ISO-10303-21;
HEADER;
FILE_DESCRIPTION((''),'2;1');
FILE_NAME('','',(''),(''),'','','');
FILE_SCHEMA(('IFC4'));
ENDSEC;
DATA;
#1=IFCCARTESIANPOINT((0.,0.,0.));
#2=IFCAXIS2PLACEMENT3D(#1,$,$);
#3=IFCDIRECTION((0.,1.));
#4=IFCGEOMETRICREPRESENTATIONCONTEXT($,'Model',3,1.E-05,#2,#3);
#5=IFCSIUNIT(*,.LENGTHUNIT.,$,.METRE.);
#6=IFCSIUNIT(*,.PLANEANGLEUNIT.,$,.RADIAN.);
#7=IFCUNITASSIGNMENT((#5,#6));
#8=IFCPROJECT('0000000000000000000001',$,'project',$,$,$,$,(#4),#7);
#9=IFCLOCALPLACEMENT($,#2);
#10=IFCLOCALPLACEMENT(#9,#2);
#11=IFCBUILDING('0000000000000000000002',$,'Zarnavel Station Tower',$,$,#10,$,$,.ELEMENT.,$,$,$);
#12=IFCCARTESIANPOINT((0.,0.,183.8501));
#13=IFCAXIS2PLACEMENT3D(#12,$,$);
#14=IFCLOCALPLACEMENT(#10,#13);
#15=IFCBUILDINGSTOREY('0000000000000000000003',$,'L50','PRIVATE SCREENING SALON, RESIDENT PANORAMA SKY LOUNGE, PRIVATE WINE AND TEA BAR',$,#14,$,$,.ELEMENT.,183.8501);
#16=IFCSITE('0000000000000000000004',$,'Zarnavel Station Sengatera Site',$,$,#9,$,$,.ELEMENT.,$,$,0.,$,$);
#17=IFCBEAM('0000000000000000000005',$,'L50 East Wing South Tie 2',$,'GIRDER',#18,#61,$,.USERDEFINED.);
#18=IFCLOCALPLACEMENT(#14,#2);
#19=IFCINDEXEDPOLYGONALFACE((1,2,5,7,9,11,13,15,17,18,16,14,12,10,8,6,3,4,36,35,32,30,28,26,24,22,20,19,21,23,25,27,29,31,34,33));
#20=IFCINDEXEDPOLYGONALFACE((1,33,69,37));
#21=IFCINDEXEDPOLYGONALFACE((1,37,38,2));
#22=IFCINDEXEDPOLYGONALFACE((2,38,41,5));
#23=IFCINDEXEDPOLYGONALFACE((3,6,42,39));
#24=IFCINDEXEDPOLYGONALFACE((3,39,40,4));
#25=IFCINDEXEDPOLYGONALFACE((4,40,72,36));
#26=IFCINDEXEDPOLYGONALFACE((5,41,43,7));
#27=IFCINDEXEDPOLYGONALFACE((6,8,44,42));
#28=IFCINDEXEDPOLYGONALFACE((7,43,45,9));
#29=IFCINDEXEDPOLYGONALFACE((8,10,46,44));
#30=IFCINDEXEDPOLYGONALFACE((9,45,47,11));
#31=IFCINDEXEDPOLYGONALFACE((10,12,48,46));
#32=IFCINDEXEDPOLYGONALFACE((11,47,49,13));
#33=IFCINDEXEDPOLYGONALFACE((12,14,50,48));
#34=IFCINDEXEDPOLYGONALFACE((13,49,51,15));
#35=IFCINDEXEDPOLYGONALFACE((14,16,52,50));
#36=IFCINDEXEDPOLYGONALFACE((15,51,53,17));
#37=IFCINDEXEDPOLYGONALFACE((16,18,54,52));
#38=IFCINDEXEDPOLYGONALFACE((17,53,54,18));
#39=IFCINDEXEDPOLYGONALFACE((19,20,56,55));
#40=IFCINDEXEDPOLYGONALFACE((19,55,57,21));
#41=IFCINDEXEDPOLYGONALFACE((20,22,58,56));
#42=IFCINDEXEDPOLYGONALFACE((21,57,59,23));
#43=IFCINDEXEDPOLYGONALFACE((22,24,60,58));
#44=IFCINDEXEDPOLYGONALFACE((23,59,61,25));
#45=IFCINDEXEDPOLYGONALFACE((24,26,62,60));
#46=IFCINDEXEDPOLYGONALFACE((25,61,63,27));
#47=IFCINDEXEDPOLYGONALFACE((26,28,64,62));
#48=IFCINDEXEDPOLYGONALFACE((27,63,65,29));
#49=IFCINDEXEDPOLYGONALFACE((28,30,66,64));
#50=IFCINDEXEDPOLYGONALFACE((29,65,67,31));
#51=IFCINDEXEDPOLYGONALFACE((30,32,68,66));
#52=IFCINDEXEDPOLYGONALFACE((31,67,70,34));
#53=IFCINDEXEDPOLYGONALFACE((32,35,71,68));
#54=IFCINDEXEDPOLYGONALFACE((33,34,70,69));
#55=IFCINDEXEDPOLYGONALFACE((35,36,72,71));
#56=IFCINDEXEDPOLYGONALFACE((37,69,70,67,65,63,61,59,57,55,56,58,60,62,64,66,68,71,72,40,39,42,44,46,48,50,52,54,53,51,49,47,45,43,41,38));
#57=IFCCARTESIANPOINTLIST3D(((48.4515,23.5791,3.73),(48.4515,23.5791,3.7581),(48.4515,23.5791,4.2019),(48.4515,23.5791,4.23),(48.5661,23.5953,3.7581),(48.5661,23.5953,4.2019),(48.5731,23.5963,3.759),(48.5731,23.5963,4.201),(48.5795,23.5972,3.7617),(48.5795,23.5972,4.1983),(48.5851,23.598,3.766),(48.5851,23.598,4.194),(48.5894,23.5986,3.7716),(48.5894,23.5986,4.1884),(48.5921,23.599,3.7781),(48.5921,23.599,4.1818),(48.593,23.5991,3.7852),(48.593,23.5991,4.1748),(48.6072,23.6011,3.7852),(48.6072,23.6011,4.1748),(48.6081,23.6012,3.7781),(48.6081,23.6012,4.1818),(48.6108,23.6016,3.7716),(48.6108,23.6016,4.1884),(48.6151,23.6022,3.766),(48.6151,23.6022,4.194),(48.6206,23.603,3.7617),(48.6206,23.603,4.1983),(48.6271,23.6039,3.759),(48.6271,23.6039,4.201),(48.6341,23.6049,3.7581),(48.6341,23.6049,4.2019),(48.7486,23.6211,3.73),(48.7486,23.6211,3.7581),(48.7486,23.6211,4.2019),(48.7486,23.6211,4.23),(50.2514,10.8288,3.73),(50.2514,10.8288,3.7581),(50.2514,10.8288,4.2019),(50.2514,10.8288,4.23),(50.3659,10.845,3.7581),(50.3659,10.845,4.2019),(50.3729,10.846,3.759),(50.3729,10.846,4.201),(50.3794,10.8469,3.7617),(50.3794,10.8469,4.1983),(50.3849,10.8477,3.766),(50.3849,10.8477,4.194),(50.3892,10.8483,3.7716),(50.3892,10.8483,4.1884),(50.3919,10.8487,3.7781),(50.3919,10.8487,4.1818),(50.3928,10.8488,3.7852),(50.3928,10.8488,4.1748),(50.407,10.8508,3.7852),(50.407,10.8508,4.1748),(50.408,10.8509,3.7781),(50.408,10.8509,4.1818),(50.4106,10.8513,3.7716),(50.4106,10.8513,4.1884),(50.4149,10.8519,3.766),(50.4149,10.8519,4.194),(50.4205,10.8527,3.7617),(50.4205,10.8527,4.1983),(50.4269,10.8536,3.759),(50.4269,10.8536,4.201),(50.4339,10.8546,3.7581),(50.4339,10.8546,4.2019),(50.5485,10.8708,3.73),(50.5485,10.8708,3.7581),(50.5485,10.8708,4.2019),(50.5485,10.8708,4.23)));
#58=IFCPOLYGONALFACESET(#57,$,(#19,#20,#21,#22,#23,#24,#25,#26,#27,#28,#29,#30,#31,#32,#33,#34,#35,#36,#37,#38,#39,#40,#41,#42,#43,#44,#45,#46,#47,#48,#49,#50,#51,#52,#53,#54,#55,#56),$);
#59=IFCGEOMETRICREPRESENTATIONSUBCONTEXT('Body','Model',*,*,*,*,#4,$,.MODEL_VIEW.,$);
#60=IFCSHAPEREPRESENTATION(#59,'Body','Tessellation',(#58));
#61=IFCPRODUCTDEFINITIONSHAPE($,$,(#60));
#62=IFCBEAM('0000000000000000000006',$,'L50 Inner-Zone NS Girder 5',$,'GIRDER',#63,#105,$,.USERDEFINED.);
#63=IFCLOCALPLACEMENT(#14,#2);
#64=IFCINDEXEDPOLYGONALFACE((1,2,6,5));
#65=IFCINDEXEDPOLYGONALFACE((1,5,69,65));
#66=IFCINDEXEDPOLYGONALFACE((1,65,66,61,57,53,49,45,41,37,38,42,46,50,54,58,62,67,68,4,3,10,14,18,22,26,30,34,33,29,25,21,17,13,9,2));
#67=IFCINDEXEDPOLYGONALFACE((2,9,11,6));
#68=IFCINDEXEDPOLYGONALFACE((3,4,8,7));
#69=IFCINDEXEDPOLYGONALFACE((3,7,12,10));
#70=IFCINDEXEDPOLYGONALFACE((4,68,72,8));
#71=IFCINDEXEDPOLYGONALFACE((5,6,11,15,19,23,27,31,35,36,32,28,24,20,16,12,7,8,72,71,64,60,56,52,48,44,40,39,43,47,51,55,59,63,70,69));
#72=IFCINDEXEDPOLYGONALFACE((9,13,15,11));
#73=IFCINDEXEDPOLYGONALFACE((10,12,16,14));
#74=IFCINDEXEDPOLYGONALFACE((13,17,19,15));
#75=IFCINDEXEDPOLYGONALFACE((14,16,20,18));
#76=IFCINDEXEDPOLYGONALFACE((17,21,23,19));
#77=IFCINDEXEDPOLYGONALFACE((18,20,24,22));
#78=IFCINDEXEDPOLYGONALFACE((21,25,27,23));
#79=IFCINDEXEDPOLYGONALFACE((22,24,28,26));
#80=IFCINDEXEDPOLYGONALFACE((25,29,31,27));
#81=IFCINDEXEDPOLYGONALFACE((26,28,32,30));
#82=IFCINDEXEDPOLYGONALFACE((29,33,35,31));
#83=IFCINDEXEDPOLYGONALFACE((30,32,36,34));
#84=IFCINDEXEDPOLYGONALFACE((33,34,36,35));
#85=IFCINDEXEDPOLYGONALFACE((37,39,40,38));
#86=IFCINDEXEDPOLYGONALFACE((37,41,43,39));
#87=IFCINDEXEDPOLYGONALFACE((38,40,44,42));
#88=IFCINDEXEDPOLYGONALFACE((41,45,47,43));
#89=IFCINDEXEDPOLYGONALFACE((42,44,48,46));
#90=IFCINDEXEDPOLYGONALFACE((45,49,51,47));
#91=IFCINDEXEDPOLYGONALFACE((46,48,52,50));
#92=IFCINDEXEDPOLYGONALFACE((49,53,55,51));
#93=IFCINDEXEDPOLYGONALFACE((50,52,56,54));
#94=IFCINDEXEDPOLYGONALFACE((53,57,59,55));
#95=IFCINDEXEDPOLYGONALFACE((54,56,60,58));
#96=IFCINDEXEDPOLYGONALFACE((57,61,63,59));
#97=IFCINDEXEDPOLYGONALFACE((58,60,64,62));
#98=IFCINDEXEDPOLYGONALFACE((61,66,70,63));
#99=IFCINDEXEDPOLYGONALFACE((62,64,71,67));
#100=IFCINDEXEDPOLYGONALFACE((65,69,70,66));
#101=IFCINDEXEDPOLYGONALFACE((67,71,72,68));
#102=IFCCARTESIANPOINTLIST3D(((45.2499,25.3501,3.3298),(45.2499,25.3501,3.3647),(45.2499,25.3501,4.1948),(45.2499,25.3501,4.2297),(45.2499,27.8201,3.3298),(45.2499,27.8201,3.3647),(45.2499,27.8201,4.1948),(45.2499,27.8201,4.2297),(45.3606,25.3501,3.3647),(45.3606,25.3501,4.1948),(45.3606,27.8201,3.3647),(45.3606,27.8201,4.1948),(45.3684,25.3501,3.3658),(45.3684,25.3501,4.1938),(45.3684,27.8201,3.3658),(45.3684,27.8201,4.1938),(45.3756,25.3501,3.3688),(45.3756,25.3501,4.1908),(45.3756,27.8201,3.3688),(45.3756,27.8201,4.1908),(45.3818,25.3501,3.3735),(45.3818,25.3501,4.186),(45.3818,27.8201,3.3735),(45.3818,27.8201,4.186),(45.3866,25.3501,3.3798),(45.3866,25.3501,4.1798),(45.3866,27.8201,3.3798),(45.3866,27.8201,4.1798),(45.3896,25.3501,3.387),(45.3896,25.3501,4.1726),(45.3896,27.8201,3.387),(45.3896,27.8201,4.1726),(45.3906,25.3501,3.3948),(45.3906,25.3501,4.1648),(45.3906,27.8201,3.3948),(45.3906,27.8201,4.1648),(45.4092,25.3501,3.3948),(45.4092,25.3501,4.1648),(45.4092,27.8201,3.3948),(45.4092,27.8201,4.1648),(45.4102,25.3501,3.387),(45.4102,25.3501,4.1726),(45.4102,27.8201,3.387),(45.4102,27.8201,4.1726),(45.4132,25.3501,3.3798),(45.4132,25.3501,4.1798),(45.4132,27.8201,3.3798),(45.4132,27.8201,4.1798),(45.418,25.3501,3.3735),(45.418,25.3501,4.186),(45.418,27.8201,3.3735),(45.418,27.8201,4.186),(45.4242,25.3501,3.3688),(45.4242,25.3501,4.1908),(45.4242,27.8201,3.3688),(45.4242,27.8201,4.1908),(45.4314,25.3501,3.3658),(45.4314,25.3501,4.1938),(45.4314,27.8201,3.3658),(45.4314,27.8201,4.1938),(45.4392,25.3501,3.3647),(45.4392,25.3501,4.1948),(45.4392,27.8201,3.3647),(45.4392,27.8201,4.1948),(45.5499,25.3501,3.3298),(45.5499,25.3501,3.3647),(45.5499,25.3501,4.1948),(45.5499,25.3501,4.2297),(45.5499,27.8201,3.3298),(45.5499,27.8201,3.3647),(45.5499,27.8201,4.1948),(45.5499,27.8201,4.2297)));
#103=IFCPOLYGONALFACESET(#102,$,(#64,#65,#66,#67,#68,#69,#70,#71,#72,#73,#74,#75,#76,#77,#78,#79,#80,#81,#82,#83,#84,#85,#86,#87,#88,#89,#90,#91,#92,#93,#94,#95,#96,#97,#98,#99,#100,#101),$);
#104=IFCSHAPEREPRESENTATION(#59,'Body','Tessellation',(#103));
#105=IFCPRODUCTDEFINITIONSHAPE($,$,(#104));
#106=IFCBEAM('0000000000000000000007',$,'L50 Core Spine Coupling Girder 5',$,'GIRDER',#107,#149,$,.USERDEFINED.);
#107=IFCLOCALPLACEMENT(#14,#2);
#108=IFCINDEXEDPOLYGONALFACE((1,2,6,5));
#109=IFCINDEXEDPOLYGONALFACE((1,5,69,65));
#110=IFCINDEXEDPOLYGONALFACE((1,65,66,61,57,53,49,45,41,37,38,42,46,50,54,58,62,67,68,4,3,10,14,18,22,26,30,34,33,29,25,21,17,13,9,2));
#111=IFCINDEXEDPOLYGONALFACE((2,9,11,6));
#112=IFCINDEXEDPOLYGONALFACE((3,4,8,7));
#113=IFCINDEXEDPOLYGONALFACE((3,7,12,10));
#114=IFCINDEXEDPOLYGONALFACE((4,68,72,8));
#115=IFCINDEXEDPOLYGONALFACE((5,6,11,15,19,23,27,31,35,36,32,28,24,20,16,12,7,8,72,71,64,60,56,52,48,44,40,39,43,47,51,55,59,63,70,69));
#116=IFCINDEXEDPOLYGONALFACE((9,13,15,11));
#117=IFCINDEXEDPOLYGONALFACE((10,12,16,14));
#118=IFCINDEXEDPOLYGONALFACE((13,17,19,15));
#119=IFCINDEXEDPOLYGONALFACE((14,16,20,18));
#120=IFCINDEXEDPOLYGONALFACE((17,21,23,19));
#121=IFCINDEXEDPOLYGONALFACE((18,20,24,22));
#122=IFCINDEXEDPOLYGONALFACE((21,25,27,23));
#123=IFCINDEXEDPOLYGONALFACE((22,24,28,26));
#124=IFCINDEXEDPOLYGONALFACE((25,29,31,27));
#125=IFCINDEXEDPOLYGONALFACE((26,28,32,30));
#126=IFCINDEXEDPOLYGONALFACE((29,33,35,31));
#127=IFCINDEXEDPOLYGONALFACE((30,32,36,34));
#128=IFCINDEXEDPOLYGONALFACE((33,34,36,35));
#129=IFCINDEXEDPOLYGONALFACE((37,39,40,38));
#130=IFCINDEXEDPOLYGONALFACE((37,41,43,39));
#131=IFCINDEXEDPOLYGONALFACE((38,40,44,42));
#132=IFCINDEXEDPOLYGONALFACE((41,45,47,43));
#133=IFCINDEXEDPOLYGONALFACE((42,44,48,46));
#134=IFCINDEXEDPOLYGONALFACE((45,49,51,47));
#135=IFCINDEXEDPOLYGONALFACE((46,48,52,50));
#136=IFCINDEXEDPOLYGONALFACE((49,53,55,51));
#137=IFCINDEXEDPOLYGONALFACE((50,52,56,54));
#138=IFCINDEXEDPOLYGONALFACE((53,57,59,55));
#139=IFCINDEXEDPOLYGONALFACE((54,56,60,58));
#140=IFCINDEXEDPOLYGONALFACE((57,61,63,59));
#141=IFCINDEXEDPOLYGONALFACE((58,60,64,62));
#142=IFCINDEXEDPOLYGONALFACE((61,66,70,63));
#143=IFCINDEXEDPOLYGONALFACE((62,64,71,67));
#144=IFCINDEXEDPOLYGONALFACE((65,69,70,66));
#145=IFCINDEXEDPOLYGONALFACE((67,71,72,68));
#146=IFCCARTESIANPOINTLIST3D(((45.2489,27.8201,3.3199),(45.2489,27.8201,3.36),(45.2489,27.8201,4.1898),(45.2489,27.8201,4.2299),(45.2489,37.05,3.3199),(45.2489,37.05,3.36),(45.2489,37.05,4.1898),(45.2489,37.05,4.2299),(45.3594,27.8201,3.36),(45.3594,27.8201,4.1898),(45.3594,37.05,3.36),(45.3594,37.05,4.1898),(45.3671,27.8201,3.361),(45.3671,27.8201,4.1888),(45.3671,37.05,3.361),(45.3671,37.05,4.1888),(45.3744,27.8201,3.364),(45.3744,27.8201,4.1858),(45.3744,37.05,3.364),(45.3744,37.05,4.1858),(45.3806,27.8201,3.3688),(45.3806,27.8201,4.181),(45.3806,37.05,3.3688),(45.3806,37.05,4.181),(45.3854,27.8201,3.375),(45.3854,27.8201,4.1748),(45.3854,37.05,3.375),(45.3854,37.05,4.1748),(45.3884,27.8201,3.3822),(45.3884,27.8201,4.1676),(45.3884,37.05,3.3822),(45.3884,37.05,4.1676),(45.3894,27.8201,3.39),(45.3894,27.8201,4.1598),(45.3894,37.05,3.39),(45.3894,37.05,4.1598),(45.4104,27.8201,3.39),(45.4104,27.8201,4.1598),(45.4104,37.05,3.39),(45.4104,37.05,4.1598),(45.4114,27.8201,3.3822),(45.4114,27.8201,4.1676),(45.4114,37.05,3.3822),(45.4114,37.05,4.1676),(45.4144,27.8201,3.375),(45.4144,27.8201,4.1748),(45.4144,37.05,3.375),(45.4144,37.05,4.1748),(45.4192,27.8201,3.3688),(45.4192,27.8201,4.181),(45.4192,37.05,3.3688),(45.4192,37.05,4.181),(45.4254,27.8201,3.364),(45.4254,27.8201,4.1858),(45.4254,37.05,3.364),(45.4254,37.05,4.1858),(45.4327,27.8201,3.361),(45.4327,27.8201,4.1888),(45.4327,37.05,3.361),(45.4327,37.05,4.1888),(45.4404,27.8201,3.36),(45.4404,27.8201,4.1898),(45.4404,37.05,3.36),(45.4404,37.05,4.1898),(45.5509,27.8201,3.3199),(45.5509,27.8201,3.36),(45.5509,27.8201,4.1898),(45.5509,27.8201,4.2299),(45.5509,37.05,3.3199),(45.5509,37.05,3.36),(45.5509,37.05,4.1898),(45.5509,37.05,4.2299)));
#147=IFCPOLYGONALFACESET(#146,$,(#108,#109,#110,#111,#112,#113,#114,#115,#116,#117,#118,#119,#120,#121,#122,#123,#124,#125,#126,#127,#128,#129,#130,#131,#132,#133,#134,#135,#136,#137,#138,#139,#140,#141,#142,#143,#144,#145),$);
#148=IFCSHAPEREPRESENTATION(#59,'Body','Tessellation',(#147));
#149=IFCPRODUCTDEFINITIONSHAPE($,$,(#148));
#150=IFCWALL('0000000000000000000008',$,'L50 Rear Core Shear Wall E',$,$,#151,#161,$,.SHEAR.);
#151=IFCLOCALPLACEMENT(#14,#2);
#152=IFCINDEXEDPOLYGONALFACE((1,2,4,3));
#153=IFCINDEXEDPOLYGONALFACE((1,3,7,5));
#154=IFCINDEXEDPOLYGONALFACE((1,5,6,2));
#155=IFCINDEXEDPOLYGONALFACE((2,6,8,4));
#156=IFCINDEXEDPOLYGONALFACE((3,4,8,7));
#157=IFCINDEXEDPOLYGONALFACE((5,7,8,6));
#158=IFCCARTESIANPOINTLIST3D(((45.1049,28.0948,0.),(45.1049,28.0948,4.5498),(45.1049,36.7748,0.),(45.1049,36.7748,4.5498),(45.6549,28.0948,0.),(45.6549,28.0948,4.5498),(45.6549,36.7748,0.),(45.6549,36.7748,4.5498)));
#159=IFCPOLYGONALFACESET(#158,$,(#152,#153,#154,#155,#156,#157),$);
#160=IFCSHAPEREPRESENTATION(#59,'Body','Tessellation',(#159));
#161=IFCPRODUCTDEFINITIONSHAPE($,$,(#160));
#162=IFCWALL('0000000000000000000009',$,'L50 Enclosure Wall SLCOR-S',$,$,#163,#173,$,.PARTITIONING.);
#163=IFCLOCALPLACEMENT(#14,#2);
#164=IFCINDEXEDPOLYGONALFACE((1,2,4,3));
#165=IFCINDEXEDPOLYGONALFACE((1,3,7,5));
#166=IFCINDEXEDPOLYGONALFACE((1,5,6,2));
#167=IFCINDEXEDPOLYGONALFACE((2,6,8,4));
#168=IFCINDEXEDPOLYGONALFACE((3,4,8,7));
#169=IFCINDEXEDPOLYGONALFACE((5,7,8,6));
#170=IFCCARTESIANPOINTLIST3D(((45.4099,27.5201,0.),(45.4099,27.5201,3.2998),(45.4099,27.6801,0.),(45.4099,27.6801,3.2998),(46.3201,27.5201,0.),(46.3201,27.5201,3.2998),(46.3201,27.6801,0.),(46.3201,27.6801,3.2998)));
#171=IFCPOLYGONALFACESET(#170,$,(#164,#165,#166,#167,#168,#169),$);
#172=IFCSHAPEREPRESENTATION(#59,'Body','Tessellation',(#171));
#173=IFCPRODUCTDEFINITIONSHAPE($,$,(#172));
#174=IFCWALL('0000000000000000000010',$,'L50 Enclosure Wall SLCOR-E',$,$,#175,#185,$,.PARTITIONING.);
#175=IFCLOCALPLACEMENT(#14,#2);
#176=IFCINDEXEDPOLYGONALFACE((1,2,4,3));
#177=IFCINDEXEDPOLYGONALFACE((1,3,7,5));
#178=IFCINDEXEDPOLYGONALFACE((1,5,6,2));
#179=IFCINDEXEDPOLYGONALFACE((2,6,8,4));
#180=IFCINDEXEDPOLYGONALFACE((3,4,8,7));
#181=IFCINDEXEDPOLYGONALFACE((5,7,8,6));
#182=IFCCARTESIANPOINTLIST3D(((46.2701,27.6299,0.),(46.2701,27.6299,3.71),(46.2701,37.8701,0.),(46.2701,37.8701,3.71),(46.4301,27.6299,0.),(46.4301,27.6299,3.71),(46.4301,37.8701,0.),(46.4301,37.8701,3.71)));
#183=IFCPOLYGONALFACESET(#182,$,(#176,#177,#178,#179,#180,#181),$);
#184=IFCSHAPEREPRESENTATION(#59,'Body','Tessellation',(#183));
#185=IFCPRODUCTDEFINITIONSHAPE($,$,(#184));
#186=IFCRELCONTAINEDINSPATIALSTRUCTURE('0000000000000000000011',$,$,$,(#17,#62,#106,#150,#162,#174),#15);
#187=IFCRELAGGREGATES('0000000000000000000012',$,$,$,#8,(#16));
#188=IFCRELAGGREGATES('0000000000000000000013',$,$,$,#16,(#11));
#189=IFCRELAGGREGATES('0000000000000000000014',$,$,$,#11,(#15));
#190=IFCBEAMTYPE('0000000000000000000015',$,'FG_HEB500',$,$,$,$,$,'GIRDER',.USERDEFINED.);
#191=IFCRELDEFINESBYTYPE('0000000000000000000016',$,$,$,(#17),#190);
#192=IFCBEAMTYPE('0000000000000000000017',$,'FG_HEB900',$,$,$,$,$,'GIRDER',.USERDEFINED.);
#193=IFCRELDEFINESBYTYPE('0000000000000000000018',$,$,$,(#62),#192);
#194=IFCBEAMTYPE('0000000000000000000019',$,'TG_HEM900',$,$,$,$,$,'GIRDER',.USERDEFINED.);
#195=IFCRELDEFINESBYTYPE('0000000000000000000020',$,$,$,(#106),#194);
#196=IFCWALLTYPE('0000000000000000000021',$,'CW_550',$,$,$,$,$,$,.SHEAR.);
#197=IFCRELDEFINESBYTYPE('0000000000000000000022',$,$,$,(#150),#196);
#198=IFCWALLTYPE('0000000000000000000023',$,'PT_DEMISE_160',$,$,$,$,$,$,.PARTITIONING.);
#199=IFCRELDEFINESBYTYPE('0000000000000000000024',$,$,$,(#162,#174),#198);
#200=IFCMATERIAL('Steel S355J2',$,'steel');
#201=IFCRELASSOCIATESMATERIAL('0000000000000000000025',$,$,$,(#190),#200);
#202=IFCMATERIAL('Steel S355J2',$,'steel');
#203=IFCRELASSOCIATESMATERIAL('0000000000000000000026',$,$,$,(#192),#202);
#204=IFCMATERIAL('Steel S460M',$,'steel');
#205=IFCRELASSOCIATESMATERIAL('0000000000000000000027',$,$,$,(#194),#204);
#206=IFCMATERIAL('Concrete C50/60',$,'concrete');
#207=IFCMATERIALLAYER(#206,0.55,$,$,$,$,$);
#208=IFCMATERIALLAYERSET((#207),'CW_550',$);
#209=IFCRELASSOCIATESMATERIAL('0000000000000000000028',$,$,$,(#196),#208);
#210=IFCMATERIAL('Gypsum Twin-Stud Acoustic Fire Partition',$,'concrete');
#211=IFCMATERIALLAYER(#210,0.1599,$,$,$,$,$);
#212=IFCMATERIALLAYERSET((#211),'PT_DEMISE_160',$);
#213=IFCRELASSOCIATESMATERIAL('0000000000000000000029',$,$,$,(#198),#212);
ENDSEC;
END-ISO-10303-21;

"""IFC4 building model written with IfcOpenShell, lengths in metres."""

from ifc_helpers import new_model, si_unit, direction, frame, frame_2d, origin, origin_2d, place, context, subcontext, project, spatial, rectangle, i_section, extrude, material, layer, layer_set, material_profile, profile_set, type_object, element, save


model = new_model("IFC4")

# Units and contexts
model_context = context("Model", 3, precision=1e-05, world=origin(), true_north=direction((0.0, 1.0)))
body_context = subcontext(model_context, "Body", "Model", "MODEL_VIEW")
ifc_project = project(units=[si_unit("LENGTHUNIT", "METRE"), si_unit("PLANEANGLEUNIT", "RADIAN")], contexts=[model_context])

# Site, building, storey
site_placement = place(None, origin())
site = spatial("IfcSite", under=ifc_project, at=site_placement, Name="Zarnavel Station Sengatera Site", CompositionType="ELEMENT", RefElevation=0.0)
building_placement = place(site_placement, origin())
building = spatial("IfcBuilding", under=site, at=building_placement, Name="Zarnavel Station Tower", CompositionType="ELEMENT")
storey_placement = place(building_placement, frame((0.0, 0.0, 183.8501)))
storey = spatial("IfcBuildingStorey", under=building, at=storey_placement, Name="L50", Description="PRIVATE SCREENING SALON, RESIDENT PANORAMA SKY LOUNGE, PRIVATE WINE AND TEA BAR", CompositionType="ELEMENT", Elevation=183.8501)

# Beams
ifc_material_1 = material(Name="Steel S355J2", Category="steel")
ifc_material_profile_1 = material_profile(ifc_material_1, i_section(OverallWidth=0.3, OverallDepth=0.5, WebThickness=0.0144, FlangeThickness=0.0281, FilletRadius=0.0271, at=origin_2d()), Name="HEB500")
ifc_profile_set_1 = profile_set([ifc_material_profile_1], Name="Steel S355J2")
beam_type_1 = type_object("IfcBeamType", Name="FG_HEB500", ElementType="GIRDER", PredefinedType="USERDEFINED", material=ifc_profile_set_1)
beam_1_placement = place(storey_placement, frame((48.6001, 23.6001, 3.98), z_axis=(0.139773, -0.990184, 0.0), x_axis=(0.990184, 0.139773, 0.0)))
element("IfcBeam", 1, at=beam_1_placement, inside=storey, type_object=beam_type_1, Name="L50 East Wing South Tie 2", ObjectType="GIRDER", PredefinedType="USERDEFINED", context=body_context, shape_type="SweptSolid", body=[
    extrude(i_section(OverallWidth=0.3, OverallDepth=0.5, WebThickness=0.0144, FlangeThickness=0.0281, FilletRadius=0.0271, at=origin_2d()), origin(), (0.0, 0.0, 1.0), 12.8767),
])
ifc_material_2 = material(Name="Steel S355J2", Category="steel")
ifc_material_profile_2 = material_profile(ifc_material_2, i_section(OverallWidth=0.3, OverallDepth=0.8999, WebThickness=0.0186, FlangeThickness=0.0349, FilletRadius=0.03, at=origin_2d()), Name="HEB900")
ifc_profile_set_2 = profile_set([ifc_material_profile_2], Name="Steel S355J2")
beam_type_2 = type_object("IfcBeamType", Name="FG_HEB900", ElementType="GIRDER", PredefinedType="USERDEFINED", material=ifc_profile_set_2)
beam_2_placement = place(storey_placement, frame((45.3999, 25.3501, 3.7798), z_axis=(0.0, 1.0, 0.0), x_axis=(-1.0, 0.0, 0.0)))
element("IfcBeam", 2, at=beam_2_placement, inside=storey, type_object=beam_type_2, Name="L50 Inner-Zone NS Girder 5", ObjectType="GIRDER", PredefinedType="USERDEFINED", context=body_context, shape_type="SweptSolid", body=[
    extrude(i_section(OverallWidth=0.3, OverallDepth=0.8999, WebThickness=0.0186, FlangeThickness=0.0349, FilletRadius=0.03, at=origin_2d()), origin(), (0.0, 0.0, 1.0), 2.47),
])
ifc_material_3 = material(Name="Steel S460M", Category="steel")
ifc_material_profile_3 = material_profile(ifc_material_3, i_section(OverallWidth=0.302, OverallDepth=0.9099, WebThickness=0.021, FlangeThickness=0.04, FilletRadius=0.03, at=origin_2d()), Name="HEM900")
ifc_profile_set_3 = profile_set([ifc_material_profile_3], Name="Steel S460M")
beam_type_3 = type_object("IfcBeamType", Name="TG_HEM900", ElementType="GIRDER", PredefinedType="USERDEFINED", material=ifc_profile_set_3)
beam_3_placement = place(storey_placement, frame((45.3999, 27.8201, 3.7749), z_axis=(0.0, 1.0, 0.0), x_axis=(-1.0, 0.0, 0.0)))
element("IfcBeam", 3, at=beam_3_placement, inside=storey, type_object=beam_type_3, Name="L50 Core Spine Coupling Girder 5", ObjectType="GIRDER", PredefinedType="USERDEFINED", context=body_context, shape_type="SweptSolid", body=[
    extrude(i_section(OverallWidth=0.302, OverallDepth=0.9099, WebThickness=0.021, FlangeThickness=0.04, FilletRadius=0.03, at=origin_2d()), origin(), (0.0, 0.0, 1.0), 9.23),
])

# Shared definitions
ifc_material_4 = material(Name="Concrete C50/60", Category="concrete")
ifc_layer_1 = layer(ifc_material_4, 0.55)
ifc_layer_set_1 = layer_set([ifc_layer_1], Name="CW_550")
wall_type_1 = type_object("IfcWallType", Name="CW_550", PredefinedType="SHEAR", material=ifc_layer_set_1)

# Wall
wall_1_placement = place(storey_placement, frame((45.3799, 28.095, 0.0), z_axis=(0.0, 0.0, 1.0), x_axis=(0.0, 1.0, 0.0)))
element("IfcWall", 4, at=wall_1_placement, inside=storey, type_object=wall_type_1, Name="L50 Rear Core Shear Wall E", PredefinedType="SHEAR", context=body_context, shape_type="SweptSolid", body=[
    extrude(rectangle(XDim=8.6799, YDim=0.55, at=frame_2d((4.3398, 0.0))), origin(), (0.0, 0.0, 1.0), 4.5498),
])

# Shared definitions
ifc_material_5 = material(Name="Gypsum Twin-Stud Acoustic Fire Partition", Category="concrete")
ifc_layer_2 = layer(ifc_material_5, 0.1599)
ifc_layer_set_2 = layer_set([ifc_layer_2], Name="PT_DEMISE_160")
wall_type_2 = type_object("IfcWallType", Name="PT_DEMISE_160", PredefinedType="PARTITIONING", material=ifc_layer_set_2)

# Walls
wall_2_placement = place(storey_placement, frame((45.4099, 27.6001, 0.0), z_axis=(0.0, 0.0, 1.0), x_axis=(1.0, 0.0, 0.0)))
element("IfcWall", 5, at=wall_2_placement, inside=storey, type_object=wall_type_2, Name="L50 Enclosure Wall SLCOR-S", PredefinedType="PARTITIONING", context=body_context, shape_type="SweptSolid", body=[
    extrude(rectangle(XDim=0.9102, YDim=0.1599, at=frame_2d((0.4551, 0.0))), origin(), (0.0, 0.0, 1.0), 3.2998),
])
wall_3_placement = place(storey_placement, frame((46.3501, 27.6299, 0.0), z_axis=(0.0, 0.0, 1.0), x_axis=(0.0, 1.0, 0.0)))
element("IfcWall", 6, at=wall_3_placement, inside=storey, type_object=wall_type_2, Name="L50 Enclosure Wall SLCOR-E", PredefinedType="PARTITIONING", context=body_context, shape_type="SweptSolid", body=[
    extrude(rectangle(XDim=10.2402, YDim=0.1599, at=frame_2d((5.1201, 0.0))), origin(), (0.0, 0.0, 1.0), 3.71),
])

save(model, "model.ifc")
